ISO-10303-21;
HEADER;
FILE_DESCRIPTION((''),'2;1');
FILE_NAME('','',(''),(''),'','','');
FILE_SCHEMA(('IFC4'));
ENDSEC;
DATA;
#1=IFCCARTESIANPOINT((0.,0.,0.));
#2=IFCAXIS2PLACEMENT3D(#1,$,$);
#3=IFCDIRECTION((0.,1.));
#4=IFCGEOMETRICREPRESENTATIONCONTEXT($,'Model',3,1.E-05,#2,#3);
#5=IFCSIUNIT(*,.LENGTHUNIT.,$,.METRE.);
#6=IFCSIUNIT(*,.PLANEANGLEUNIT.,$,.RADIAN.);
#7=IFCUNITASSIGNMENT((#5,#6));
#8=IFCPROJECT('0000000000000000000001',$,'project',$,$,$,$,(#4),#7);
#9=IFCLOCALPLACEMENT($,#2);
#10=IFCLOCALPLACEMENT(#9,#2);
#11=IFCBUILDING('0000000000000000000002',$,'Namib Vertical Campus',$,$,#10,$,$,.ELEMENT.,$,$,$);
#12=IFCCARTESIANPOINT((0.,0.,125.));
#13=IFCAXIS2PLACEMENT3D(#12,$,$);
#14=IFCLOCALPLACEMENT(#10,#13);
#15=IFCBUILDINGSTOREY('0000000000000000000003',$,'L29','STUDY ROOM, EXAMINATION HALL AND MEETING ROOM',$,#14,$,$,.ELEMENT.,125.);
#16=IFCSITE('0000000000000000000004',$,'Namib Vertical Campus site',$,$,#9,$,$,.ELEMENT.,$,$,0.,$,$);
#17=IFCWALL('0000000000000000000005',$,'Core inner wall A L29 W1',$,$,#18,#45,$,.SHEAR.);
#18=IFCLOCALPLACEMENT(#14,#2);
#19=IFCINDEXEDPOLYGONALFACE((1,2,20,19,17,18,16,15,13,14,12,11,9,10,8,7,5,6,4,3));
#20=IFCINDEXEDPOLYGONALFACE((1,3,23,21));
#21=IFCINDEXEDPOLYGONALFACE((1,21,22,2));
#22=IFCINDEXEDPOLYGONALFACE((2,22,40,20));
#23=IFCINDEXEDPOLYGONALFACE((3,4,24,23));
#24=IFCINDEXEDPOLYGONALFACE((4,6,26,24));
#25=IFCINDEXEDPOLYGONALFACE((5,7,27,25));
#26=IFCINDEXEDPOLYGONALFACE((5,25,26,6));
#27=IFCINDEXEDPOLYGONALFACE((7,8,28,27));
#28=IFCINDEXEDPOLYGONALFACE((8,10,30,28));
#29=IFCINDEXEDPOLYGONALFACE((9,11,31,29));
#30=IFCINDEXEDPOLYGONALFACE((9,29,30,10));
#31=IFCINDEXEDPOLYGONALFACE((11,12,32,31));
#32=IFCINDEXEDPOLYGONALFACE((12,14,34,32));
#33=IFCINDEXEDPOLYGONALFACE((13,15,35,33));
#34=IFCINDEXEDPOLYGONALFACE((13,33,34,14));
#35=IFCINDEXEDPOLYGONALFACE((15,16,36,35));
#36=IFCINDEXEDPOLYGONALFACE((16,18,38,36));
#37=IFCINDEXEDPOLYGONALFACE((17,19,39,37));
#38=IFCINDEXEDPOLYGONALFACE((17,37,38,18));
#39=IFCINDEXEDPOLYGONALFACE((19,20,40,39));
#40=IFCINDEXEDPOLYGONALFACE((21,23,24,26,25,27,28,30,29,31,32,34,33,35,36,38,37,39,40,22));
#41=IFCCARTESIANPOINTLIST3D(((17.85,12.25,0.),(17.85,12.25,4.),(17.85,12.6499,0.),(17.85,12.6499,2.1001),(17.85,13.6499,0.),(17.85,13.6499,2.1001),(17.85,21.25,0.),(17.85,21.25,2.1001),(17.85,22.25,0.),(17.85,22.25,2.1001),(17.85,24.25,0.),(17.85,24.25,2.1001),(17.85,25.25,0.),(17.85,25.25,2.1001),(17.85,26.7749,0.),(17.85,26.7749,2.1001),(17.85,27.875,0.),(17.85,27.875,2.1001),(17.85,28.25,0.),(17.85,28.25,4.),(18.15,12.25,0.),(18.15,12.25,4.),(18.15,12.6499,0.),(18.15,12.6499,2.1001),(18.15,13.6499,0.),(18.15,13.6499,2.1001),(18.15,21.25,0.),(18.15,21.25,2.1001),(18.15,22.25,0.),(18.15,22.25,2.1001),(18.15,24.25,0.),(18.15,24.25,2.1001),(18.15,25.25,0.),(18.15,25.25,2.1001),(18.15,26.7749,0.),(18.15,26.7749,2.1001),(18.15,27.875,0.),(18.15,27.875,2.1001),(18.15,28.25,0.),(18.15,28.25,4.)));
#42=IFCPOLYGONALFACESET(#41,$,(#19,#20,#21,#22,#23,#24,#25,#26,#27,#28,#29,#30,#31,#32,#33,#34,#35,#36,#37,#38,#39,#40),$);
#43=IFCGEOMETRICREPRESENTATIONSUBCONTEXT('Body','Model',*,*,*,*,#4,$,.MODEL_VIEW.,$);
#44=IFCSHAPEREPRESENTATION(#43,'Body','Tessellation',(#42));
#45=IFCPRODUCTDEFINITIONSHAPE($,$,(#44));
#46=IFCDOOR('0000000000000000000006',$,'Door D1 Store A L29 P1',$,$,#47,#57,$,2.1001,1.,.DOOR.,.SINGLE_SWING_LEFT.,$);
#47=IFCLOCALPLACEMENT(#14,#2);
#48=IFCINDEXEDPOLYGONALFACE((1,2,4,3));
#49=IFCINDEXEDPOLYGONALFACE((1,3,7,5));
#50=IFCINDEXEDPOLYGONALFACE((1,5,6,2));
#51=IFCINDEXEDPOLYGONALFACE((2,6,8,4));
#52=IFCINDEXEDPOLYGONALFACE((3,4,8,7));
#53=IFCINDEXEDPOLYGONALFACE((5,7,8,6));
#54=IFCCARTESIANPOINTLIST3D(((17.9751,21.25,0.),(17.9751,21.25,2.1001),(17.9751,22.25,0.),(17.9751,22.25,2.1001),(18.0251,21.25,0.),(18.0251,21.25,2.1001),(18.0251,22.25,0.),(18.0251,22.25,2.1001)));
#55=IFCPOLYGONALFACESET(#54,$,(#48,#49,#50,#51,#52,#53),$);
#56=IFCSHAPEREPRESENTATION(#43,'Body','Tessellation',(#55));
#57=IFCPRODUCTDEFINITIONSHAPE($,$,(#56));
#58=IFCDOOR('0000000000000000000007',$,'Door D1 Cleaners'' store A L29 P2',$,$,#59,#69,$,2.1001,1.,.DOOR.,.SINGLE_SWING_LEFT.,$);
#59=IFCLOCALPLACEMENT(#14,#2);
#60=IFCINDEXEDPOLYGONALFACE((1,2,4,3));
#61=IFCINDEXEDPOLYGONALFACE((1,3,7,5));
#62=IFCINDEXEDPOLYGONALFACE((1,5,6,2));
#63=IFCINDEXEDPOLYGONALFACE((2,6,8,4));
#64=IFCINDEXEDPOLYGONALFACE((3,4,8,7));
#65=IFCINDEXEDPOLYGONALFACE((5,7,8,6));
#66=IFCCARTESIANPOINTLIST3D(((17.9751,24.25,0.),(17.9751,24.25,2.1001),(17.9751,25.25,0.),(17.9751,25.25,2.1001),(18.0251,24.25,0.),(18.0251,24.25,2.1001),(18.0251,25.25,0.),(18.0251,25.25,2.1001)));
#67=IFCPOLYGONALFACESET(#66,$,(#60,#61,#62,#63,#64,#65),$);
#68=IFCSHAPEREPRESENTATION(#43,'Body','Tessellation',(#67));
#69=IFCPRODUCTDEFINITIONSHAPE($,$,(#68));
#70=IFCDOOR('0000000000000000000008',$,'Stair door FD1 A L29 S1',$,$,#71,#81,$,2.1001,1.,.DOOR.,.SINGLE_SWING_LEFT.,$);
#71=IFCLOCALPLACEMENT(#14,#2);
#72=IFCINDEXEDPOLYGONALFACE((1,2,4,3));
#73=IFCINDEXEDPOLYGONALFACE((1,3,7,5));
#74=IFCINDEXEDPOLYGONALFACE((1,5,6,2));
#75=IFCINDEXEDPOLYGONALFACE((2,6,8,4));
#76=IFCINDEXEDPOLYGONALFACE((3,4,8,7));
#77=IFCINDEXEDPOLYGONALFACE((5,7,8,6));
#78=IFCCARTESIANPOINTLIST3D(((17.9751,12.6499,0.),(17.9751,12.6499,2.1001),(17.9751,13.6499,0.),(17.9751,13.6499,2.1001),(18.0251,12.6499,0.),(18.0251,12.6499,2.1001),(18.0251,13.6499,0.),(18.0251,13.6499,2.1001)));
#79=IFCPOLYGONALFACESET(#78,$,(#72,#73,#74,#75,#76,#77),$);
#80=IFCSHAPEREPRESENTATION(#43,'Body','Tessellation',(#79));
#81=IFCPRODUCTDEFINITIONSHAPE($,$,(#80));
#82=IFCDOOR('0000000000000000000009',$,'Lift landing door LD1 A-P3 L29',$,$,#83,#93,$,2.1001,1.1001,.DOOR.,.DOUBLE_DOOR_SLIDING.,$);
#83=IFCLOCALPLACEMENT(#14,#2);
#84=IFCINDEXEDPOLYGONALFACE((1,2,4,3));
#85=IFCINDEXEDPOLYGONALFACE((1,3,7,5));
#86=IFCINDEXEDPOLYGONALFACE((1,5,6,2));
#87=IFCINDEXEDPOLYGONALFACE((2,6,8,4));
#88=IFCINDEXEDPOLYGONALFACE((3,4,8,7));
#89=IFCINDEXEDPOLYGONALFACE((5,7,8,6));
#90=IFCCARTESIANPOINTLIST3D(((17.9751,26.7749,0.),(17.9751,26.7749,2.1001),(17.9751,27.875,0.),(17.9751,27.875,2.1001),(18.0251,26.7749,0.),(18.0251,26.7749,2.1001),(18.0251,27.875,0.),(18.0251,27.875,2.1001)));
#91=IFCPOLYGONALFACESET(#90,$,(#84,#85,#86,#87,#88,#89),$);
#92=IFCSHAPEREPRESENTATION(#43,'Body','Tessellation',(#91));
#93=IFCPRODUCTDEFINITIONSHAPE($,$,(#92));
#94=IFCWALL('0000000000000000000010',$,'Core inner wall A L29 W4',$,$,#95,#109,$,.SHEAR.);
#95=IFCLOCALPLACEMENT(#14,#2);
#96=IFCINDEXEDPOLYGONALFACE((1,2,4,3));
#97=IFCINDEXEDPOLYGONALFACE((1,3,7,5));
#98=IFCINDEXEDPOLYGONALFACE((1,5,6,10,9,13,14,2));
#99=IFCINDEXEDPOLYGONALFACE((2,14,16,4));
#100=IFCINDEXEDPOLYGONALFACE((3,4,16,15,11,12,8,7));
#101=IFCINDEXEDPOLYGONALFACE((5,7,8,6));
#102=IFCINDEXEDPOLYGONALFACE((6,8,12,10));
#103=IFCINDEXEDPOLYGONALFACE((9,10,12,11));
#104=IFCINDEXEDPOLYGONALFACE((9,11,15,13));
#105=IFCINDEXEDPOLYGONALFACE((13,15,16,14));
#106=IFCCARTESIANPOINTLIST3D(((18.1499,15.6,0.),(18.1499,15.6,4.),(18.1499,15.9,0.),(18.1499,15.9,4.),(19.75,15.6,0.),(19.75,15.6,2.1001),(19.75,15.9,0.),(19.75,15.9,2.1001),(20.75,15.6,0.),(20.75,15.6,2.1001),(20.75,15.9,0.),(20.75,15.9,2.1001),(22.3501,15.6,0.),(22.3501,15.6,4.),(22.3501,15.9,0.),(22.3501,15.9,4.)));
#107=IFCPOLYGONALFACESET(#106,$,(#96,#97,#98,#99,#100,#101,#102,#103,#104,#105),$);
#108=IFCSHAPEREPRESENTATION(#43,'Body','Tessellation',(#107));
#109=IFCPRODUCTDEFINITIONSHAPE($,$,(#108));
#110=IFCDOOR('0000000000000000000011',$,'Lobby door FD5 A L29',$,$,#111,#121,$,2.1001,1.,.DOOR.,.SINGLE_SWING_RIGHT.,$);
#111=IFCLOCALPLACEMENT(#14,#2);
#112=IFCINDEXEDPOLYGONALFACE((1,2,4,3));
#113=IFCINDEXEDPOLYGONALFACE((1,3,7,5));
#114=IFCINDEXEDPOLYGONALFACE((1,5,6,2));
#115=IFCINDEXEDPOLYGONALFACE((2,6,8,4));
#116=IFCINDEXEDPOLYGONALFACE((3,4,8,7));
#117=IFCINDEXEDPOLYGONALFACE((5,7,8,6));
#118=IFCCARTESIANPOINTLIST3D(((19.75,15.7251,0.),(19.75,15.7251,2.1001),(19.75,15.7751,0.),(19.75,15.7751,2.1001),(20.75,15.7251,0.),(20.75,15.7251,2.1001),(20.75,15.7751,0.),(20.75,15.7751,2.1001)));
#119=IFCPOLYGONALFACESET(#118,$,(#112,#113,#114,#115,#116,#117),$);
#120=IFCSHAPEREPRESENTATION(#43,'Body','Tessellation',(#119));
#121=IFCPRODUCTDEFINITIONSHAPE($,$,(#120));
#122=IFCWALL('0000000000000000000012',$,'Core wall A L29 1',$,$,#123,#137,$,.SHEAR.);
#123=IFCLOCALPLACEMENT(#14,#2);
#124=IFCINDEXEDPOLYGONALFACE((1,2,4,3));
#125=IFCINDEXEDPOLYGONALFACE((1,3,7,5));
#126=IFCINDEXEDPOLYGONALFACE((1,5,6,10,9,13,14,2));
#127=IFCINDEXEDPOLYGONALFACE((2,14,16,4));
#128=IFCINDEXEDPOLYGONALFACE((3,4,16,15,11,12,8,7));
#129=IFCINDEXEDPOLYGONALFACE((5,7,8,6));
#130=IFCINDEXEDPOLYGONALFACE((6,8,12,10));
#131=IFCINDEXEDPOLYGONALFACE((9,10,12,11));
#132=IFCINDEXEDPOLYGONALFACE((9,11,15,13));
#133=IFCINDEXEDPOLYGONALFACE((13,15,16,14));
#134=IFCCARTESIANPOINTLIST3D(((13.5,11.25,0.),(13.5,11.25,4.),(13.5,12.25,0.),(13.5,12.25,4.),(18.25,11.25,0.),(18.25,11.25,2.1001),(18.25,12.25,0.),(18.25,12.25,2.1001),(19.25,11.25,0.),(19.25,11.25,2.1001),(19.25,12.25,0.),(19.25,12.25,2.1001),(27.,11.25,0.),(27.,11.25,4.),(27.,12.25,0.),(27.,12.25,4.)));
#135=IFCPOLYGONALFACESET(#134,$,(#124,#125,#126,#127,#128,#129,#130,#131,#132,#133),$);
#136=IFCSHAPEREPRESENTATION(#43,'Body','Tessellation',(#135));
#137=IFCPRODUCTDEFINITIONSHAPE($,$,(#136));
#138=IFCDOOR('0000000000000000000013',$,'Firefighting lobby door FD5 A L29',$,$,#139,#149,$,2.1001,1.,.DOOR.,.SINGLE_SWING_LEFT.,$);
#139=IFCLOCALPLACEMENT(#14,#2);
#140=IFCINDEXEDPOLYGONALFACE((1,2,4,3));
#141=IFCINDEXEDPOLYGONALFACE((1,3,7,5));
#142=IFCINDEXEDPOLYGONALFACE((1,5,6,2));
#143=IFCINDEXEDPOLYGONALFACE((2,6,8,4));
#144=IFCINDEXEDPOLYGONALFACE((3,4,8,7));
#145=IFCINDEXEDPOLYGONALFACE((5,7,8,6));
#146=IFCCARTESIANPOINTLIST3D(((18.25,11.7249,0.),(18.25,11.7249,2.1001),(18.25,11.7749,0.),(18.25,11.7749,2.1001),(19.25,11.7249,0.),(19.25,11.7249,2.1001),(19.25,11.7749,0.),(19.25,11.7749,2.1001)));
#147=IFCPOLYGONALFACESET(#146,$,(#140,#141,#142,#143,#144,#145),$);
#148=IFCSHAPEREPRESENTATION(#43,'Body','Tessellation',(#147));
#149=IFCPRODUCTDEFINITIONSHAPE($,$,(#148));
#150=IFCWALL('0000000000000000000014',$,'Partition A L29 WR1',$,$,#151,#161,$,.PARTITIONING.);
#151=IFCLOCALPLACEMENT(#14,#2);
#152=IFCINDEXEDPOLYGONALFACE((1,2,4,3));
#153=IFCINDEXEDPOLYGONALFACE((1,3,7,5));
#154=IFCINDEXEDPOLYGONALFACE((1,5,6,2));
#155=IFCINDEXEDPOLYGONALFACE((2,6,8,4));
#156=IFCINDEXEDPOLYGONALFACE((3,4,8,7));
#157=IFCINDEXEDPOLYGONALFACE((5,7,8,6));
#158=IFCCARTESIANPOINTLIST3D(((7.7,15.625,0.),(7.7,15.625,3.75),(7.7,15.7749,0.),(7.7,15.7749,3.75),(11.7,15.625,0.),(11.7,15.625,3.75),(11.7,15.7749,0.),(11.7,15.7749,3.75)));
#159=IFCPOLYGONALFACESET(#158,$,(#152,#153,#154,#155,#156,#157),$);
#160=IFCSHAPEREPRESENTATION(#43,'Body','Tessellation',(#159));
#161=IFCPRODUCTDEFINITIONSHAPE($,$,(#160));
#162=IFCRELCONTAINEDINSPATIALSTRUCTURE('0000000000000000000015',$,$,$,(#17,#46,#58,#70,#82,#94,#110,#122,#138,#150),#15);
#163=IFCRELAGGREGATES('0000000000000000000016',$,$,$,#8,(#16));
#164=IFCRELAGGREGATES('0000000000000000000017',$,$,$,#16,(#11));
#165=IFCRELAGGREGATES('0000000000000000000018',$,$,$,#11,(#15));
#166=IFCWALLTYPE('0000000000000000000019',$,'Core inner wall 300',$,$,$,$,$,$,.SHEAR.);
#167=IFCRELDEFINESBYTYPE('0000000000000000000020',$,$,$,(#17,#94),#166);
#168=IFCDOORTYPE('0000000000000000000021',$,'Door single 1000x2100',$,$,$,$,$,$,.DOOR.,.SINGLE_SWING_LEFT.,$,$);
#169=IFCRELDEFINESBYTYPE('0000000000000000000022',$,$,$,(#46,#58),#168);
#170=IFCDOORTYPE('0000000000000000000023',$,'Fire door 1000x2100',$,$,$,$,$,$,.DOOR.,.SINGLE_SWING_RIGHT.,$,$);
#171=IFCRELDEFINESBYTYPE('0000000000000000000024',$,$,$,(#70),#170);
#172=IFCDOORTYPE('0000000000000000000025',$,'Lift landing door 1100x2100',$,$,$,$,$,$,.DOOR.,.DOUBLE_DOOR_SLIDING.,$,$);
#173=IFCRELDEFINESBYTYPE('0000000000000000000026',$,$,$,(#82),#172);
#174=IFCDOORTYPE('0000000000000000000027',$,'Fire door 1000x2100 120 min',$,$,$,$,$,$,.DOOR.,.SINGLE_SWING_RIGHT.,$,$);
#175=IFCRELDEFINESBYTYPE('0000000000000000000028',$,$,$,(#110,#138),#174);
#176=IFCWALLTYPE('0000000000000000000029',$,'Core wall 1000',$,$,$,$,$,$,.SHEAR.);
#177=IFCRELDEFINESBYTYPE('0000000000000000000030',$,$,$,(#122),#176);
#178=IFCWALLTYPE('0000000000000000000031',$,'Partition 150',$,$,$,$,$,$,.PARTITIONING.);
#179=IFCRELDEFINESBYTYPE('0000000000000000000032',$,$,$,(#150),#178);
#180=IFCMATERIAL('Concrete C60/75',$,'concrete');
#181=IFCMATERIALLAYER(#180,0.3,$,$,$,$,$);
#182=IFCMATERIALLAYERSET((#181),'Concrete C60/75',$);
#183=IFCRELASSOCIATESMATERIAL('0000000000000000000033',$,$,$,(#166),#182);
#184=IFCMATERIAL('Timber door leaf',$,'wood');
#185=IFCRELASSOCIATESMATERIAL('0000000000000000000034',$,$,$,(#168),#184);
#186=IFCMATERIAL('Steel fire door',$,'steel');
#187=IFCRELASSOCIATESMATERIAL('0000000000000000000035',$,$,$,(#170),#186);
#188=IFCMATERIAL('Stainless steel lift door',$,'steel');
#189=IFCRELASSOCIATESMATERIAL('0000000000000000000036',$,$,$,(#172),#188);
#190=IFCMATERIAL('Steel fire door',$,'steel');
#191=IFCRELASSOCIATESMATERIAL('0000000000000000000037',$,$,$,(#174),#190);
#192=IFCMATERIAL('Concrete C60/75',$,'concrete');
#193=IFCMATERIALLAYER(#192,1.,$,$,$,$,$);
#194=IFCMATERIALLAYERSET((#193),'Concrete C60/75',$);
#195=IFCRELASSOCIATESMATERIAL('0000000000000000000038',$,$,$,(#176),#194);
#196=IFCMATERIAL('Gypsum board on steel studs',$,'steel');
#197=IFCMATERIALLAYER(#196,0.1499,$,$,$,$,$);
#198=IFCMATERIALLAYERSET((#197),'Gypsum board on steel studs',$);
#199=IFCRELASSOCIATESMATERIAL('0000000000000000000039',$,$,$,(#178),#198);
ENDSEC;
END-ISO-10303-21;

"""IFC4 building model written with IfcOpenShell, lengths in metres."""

from ifc_helpers import new_model, si_unit, direction, frame, frame_2d, origin, place, context, subcontext, project, spatial, rectangle, extrude, material, layer, layer_set, type_object, element, fill, save


model = new_model("IFC4")

# Units and contexts
model_context = context("Model", 3, precision=1e-05, world=origin(), true_north=direction((0.0, 1.0)))
body_context = subcontext(model_context, "Body", "Model", "MODEL_VIEW")
ifc_project = project(units=[si_unit("LENGTHUNIT", "METRE"), si_unit("PLANEANGLEUNIT", "RADIAN")], contexts=[model_context])

# Site, building, storey
site_placement = place(None, origin())
site = spatial("IfcSite", under=ifc_project, at=site_placement, Name="Namib Vertical Campus site", CompositionType="ELEMENT", RefElevation=0.0)
building_placement = place(site_placement, origin())
building = spatial("IfcBuilding", under=site, at=building_placement, Name="Namib Vertical Campus", CompositionType="ELEMENT")
storey_placement = place(building_placement, frame((0.0, 0.0, 125.0)))
storey = spatial("IfcBuildingStorey", under=building, at=storey_placement, Name="L29", Description="STUDY ROOM, EXAMINATION HALL AND MEETING ROOM", CompositionType="ELEMENT", Elevation=125.0)

# Wall, openings, doors
ifc_material_1 = material(Name="Concrete C60/75", Category="concrete")
ifc_layer_1 = layer(ifc_material_1, 0.3)
ifc_layer_set_1 = layer_set([ifc_layer_1], Name="Concrete C60/75")
wall_type_1 = type_object("IfcWallType", Name="Core inner wall 300", PredefinedType="SHEAR", material=ifc_layer_set_1)
wall_1_placement = place(storey_placement, frame((18.0, 12.25, 0.0), z_axis=(0.0, 0.0, 1.0), x_axis=(0.0, 1.0, 0.0)))
wall_1 = element("IfcWall", 1, at=wall_1_placement, inside=storey, type_object=wall_type_1, Name="Core inner wall A L29 W1", PredefinedType="SHEAR", context=body_context, shape_type="SweptSolid", body=[
    extrude(rectangle(XDim=16.0, YDim=0.3, at=frame_2d((8.0, 0.0))), origin(), (0.0, 0.0, 1.0), 4.0),
])
opening_1_placement = place(wall_1_placement, frame((0.3999, 0.0, 0.0)))
opening_1 = element("IfcOpeningElement", 2, at=opening_1_placement, cuts=wall_1, PredefinedType="OPENING", context=body_context, shape_type="SweptSolid", body=[
    extrude(rectangle(XDim=1.0, YDim=2.1001, at=frame_2d((0.5, 1.05))), frame((0.0, 0.1599, 0.0), z_axis=(0.0, -1.0, 0.0), x_axis=(1.0, 0.0, 0.0)), (0.0, 0.0, 1.0), 0.3201),
])
opening_2_placement = place(wall_1_placement, frame((14.5249, 0.0, 0.0)))
opening_2 = element("IfcOpeningElement", 3, at=opening_2_placement, cuts=wall_1, PredefinedType="OPENING", context=body_context, shape_type="SweptSolid", body=[
    extrude(rectangle(XDim=1.1001, YDim=2.1001, at=frame_2d((0.55, 1.05))), frame((0.0, 0.1599, 0.0), z_axis=(0.0, -1.0, 0.0), x_axis=(1.0, 0.0, 0.0)), (0.0, 0.0, 1.0), 0.3201),
])
opening_3_placement = place(wall_1_placement, frame((9.0, 0.0, 0.0)))
opening_3 = element("IfcOpeningElement", 4, at=opening_3_placement, cuts=wall_1, PredefinedType="OPENING", context=body_context, shape_type="SweptSolid", body=[
    extrude(rectangle(XDim=1.0, YDim=2.1001, at=frame_2d((0.5, 1.05))), frame((0.0, 0.1599, 0.0), z_axis=(0.0, -1.0, 0.0), x_axis=(1.0, 0.0, 0.0)), (0.0, 0.0, 1.0), 0.3201),
])
opening_4_placement = place(wall_1_placement, frame((12.0, 0.0, 0.0)))
opening_4 = element("IfcOpeningElement", 5, at=opening_4_placement, cuts=wall_1, PredefinedType="OPENING", context=body_context, shape_type="SweptSolid", body=[
    extrude(rectangle(XDim=1.0, YDim=2.1001, at=frame_2d((0.5, 1.05))), frame((0.0, 0.1599, 0.0), z_axis=(0.0, -1.0, 0.0), x_axis=(1.0, 0.0, 0.0)), (0.0, 0.0, 1.0), 0.3201),
])
ifc_material_2 = material(Name="Timber door leaf", Category="wood")
door_type_1 = type_object("IfcDoorType", Name="Door single 1000x2100", OperationType="SINGLE_SWING_LEFT", PredefinedType="DOOR", material=ifc_material_2)
door_1_placement = place(opening_3_placement, origin())
door_1 = element("IfcDoor", 6, at=door_1_placement, inside=storey, type_object=door_type_1, Name="Door D1 Store A L29 P1", OperationType="SINGLE_SWING_LEFT", OverallHeight=2.1001, OverallWidth=1.0, PredefinedType="DOOR", context=body_context, shape_type="SweptSolid", body=[
    extrude(rectangle(XDim=1.0, YDim=2.1001, at=frame_2d((0.5, 1.05))), frame((0.0, 0.0249, 0.0), z_axis=(0.0, -1.0, 0.0), x_axis=(1.0, 0.0, 0.0)), (0.0, 0.0, 1.0), 0.05),
])
fill(opening_3, door_1)
door_2_placement = place(opening_4_placement, origin())
door_2 = element("IfcDoor", 7, at=door_2_placement, inside=storey, type_object=door_type_1, Name="Door D1 Cleaners' store A L29 P2", OperationType="SINGLE_SWING_LEFT", OverallHeight=2.1001, OverallWidth=1.0, PredefinedType="DOOR", context=body_context, shape_type="SweptSolid", body=[
    extrude(rectangle(XDim=1.0, YDim=2.1001, at=frame_2d((0.5, 1.05))), frame((0.0, 0.0249, 0.0), z_axis=(0.0, -1.0, 0.0), x_axis=(1.0, 0.0, 0.0)), (0.0, 0.0, 1.0), 0.05),
])
fill(opening_4, door_2)
ifc_material_3 = material(Name="Steel fire door", Category="steel")
door_type_2 = type_object("IfcDoorType", Name="Fire door 1000x2100", OperationType="SINGLE_SWING_RIGHT", PredefinedType="DOOR", material=ifc_material_3)
door_3_placement = place(opening_1_placement, origin())
door_3 = element("IfcDoor", 8, at=door_3_placement, inside=storey, type_object=door_type_2, Name="Stair door FD1 A L29 S1", OperationType="SINGLE_SWING_LEFT", OverallHeight=2.1001, OverallWidth=1.0, PredefinedType="DOOR", context=body_context, shape_type="SweptSolid", body=[
    extrude(rectangle(XDim=1.0, YDim=2.1001, at=frame_2d((0.5, 1.05))), frame((0.0, 0.0249, 0.0), z_axis=(0.0, -1.0, 0.0), x_axis=(1.0, 0.0, 0.0)), (0.0, 0.0, 1.0), 0.05),
])
fill(opening_1, door_3)
ifc_material_4 = material(Name="Stainless steel lift door", Category="steel")
door_type_3 = type_object("IfcDoorType", Name="Lift landing door 1100x2100", OperationType="DOUBLE_DOOR_SLIDING", PredefinedType="DOOR", material=ifc_material_4)
door_4_placement = place(opening_2_placement, origin())
door_4 = element("IfcDoor", 9, at=door_4_placement, inside=storey, type_object=door_type_3, Name="Lift landing door LD1 A-P3 L29", OperationType="DOUBLE_DOOR_SLIDING", OverallHeight=2.1001, OverallWidth=1.1001, PredefinedType="DOOR", context=body_context, shape_type="SweptSolid", body=[
    extrude(rectangle(XDim=1.1001, YDim=2.1001, at=frame_2d((0.55, 1.05))), frame((0.0, 0.0249, 0.0), z_axis=(0.0, -1.0, 0.0), x_axis=(1.0, 0.0, 0.0)), (0.0, 0.0, 1.0), 0.05),
])
fill(opening_2, door_4)

# Walls, openings, doors
wall_2_placement = place(storey_placement, frame((18.1499, 15.75, 0.0), z_axis=(0.0, 0.0, 1.0), x_axis=(1.0, 0.0, 0.0)))
wall_2 = element("IfcWall", 10, at=wall_2_placement, inside=storey, type_object=wall_type_1, Name="Core inner wall A L29 W4", PredefinedType="SHEAR", context=body_context, shape_type="SweptSolid", body=[
    extrude(rectangle(XDim=4.2002, YDim=0.3, at=frame_2d((2.1001, 0.0))), origin(), (0.0, 0.0, 1.0), 4.0),
])
opening_5_placement = place(wall_2_placement, frame((1.6001, 0.0, 0.0)))
opening_5 = element("IfcOpeningElement", 11, at=opening_5_placement, cuts=wall_2, PredefinedType="OPENING", context=body_context, shape_type="SweptSolid", body=[
    extrude(rectangle(XDim=1.0, YDim=2.1001, at=frame_2d((0.5, 1.05))), frame((0.0, 0.1599, 0.0), z_axis=(0.0, -1.0, 0.0), x_axis=(1.0, 0.0, 0.0)), (0.0, 0.0, 1.0), 0.3201),
])
ifc_material_5 = material(Name="Steel fire door", Category="steel")
door_type_4 = type_object("IfcDoorType", Name="Fire door 1000x2100 120 min", OperationType="SINGLE_SWING_RIGHT", PredefinedType="DOOR", material=ifc_material_5)
door_5_placement = place(opening_5_placement, frame((1.0, 0.0, 0.0), z_axis=(0.0, 0.0, 1.0), x_axis=(-1.0, 0.0, 0.0)))
door_5 = element("IfcDoor", 12, at=door_5_placement, inside=storey, type_object=door_type_4, Name="Lobby door FD5 A L29", OperationType="SINGLE_SWING_RIGHT", OverallHeight=2.1001, OverallWidth=1.0, PredefinedType="DOOR", context=body_context, shape_type="SweptSolid", body=[
    extrude(rectangle(XDim=1.0, YDim=2.1001, at=frame_2d((0.5, 1.05))), frame((0.0, 0.0249, 0.0), z_axis=(0.0, -1.0, 0.0), x_axis=(1.0, 0.0, 0.0)), (0.0, 0.0, 1.0), 0.05),
])
fill(opening_5, door_5)
ifc_material_6 = material(Name="Concrete C60/75", Category="concrete")
ifc_layer_2 = layer(ifc_material_6, 1.0)
ifc_layer_set_2 = layer_set([ifc_layer_2], Name="Concrete C60/75")
wall_type_2 = type_object("IfcWallType", Name="Core wall 1000", PredefinedType="SHEAR", material=ifc_layer_set_2)
wall_3_placement = place(storey_placement, frame((13.5, 11.75, 0.0), z_axis=(0.0, 0.0, 1.0), x_axis=(1.0, 0.0, 0.0)))
wall_3 = element("IfcWall", 13, at=wall_3_placement, inside=storey, type_object=wall_type_2, Name="Core wall A L29 1", PredefinedType="SHEAR", context=body_context, shape_type="SweptSolid", body=[
    extrude(rectangle(XDim=13.5, YDim=1.0, at=frame_2d((6.75, 0.0))), origin(), (0.0, 0.0, 1.0), 4.0),
])
opening_6_placement = place(wall_3_placement, frame((4.75, 0.0, 0.0)))
opening_6 = element("IfcOpeningElement", 14, at=opening_6_placement, cuts=wall_3, PredefinedType="OPENING", context=body_context, shape_type="SweptSolid", body=[
    extrude(rectangle(XDim=1.0, YDim=2.1001, at=frame_2d((0.5, 1.05))), frame((0.0, 0.51, 0.0), z_axis=(0.0, -1.0, 0.0), x_axis=(1.0, 0.0, 0.0)), (0.0, 0.0, 1.0), 1.02),
])
door_6_placement = place(opening_6_placement, origin())
door_6 = element("IfcDoor", 15, at=door_6_placement, inside=storey, type_object=door_type_4, Name="Firefighting lobby door FD5 A L29", OperationType="SINGLE_SWING_LEFT", OverallHeight=2.1001, OverallWidth=1.0, PredefinedType="DOOR", context=body_context, shape_type="SweptSolid", body=[
    extrude(rectangle(XDim=1.0, YDim=2.1001, at=frame_2d((0.5, 1.05))), frame((0.0, 0.0249, 0.0), z_axis=(0.0, -1.0, 0.0), x_axis=(1.0, 0.0, 0.0)), (0.0, 0.0, 1.0), 0.05),
])
fill(opening_6, door_6)

# Wall
ifc_material_7 = material(Name="Gypsum board on steel studs", Category="steel")
ifc_layer_3 = layer(ifc_material_7, 0.1499)
ifc_layer_set_3 = layer_set([ifc_layer_3], Name="Gypsum board on steel studs")
wall_type_3 = type_object("IfcWallType", Name="Partition 150", PredefinedType="PARTITIONING", material=ifc_layer_set_3)
wall_4_placement = place(storey_placement, frame((11.7, 15.7, 0.0), z_axis=(0.0, 0.0, 1.0), x_axis=(-1.0, 0.0, 0.0)))
element("IfcWall", 16, at=wall_4_placement, inside=storey, type_object=wall_type_3, Name="Partition A L29 WR1", PredefinedType="PARTITIONING", context=body_context, shape_type="SweptSolid", body=[
    extrude(rectangle(XDim=4.0, YDim=0.1499, at=frame_2d((2.0, 0.0))), origin(), (0.0, 0.0, 1.0), 3.75),
])

save(model, "model.ifc")
